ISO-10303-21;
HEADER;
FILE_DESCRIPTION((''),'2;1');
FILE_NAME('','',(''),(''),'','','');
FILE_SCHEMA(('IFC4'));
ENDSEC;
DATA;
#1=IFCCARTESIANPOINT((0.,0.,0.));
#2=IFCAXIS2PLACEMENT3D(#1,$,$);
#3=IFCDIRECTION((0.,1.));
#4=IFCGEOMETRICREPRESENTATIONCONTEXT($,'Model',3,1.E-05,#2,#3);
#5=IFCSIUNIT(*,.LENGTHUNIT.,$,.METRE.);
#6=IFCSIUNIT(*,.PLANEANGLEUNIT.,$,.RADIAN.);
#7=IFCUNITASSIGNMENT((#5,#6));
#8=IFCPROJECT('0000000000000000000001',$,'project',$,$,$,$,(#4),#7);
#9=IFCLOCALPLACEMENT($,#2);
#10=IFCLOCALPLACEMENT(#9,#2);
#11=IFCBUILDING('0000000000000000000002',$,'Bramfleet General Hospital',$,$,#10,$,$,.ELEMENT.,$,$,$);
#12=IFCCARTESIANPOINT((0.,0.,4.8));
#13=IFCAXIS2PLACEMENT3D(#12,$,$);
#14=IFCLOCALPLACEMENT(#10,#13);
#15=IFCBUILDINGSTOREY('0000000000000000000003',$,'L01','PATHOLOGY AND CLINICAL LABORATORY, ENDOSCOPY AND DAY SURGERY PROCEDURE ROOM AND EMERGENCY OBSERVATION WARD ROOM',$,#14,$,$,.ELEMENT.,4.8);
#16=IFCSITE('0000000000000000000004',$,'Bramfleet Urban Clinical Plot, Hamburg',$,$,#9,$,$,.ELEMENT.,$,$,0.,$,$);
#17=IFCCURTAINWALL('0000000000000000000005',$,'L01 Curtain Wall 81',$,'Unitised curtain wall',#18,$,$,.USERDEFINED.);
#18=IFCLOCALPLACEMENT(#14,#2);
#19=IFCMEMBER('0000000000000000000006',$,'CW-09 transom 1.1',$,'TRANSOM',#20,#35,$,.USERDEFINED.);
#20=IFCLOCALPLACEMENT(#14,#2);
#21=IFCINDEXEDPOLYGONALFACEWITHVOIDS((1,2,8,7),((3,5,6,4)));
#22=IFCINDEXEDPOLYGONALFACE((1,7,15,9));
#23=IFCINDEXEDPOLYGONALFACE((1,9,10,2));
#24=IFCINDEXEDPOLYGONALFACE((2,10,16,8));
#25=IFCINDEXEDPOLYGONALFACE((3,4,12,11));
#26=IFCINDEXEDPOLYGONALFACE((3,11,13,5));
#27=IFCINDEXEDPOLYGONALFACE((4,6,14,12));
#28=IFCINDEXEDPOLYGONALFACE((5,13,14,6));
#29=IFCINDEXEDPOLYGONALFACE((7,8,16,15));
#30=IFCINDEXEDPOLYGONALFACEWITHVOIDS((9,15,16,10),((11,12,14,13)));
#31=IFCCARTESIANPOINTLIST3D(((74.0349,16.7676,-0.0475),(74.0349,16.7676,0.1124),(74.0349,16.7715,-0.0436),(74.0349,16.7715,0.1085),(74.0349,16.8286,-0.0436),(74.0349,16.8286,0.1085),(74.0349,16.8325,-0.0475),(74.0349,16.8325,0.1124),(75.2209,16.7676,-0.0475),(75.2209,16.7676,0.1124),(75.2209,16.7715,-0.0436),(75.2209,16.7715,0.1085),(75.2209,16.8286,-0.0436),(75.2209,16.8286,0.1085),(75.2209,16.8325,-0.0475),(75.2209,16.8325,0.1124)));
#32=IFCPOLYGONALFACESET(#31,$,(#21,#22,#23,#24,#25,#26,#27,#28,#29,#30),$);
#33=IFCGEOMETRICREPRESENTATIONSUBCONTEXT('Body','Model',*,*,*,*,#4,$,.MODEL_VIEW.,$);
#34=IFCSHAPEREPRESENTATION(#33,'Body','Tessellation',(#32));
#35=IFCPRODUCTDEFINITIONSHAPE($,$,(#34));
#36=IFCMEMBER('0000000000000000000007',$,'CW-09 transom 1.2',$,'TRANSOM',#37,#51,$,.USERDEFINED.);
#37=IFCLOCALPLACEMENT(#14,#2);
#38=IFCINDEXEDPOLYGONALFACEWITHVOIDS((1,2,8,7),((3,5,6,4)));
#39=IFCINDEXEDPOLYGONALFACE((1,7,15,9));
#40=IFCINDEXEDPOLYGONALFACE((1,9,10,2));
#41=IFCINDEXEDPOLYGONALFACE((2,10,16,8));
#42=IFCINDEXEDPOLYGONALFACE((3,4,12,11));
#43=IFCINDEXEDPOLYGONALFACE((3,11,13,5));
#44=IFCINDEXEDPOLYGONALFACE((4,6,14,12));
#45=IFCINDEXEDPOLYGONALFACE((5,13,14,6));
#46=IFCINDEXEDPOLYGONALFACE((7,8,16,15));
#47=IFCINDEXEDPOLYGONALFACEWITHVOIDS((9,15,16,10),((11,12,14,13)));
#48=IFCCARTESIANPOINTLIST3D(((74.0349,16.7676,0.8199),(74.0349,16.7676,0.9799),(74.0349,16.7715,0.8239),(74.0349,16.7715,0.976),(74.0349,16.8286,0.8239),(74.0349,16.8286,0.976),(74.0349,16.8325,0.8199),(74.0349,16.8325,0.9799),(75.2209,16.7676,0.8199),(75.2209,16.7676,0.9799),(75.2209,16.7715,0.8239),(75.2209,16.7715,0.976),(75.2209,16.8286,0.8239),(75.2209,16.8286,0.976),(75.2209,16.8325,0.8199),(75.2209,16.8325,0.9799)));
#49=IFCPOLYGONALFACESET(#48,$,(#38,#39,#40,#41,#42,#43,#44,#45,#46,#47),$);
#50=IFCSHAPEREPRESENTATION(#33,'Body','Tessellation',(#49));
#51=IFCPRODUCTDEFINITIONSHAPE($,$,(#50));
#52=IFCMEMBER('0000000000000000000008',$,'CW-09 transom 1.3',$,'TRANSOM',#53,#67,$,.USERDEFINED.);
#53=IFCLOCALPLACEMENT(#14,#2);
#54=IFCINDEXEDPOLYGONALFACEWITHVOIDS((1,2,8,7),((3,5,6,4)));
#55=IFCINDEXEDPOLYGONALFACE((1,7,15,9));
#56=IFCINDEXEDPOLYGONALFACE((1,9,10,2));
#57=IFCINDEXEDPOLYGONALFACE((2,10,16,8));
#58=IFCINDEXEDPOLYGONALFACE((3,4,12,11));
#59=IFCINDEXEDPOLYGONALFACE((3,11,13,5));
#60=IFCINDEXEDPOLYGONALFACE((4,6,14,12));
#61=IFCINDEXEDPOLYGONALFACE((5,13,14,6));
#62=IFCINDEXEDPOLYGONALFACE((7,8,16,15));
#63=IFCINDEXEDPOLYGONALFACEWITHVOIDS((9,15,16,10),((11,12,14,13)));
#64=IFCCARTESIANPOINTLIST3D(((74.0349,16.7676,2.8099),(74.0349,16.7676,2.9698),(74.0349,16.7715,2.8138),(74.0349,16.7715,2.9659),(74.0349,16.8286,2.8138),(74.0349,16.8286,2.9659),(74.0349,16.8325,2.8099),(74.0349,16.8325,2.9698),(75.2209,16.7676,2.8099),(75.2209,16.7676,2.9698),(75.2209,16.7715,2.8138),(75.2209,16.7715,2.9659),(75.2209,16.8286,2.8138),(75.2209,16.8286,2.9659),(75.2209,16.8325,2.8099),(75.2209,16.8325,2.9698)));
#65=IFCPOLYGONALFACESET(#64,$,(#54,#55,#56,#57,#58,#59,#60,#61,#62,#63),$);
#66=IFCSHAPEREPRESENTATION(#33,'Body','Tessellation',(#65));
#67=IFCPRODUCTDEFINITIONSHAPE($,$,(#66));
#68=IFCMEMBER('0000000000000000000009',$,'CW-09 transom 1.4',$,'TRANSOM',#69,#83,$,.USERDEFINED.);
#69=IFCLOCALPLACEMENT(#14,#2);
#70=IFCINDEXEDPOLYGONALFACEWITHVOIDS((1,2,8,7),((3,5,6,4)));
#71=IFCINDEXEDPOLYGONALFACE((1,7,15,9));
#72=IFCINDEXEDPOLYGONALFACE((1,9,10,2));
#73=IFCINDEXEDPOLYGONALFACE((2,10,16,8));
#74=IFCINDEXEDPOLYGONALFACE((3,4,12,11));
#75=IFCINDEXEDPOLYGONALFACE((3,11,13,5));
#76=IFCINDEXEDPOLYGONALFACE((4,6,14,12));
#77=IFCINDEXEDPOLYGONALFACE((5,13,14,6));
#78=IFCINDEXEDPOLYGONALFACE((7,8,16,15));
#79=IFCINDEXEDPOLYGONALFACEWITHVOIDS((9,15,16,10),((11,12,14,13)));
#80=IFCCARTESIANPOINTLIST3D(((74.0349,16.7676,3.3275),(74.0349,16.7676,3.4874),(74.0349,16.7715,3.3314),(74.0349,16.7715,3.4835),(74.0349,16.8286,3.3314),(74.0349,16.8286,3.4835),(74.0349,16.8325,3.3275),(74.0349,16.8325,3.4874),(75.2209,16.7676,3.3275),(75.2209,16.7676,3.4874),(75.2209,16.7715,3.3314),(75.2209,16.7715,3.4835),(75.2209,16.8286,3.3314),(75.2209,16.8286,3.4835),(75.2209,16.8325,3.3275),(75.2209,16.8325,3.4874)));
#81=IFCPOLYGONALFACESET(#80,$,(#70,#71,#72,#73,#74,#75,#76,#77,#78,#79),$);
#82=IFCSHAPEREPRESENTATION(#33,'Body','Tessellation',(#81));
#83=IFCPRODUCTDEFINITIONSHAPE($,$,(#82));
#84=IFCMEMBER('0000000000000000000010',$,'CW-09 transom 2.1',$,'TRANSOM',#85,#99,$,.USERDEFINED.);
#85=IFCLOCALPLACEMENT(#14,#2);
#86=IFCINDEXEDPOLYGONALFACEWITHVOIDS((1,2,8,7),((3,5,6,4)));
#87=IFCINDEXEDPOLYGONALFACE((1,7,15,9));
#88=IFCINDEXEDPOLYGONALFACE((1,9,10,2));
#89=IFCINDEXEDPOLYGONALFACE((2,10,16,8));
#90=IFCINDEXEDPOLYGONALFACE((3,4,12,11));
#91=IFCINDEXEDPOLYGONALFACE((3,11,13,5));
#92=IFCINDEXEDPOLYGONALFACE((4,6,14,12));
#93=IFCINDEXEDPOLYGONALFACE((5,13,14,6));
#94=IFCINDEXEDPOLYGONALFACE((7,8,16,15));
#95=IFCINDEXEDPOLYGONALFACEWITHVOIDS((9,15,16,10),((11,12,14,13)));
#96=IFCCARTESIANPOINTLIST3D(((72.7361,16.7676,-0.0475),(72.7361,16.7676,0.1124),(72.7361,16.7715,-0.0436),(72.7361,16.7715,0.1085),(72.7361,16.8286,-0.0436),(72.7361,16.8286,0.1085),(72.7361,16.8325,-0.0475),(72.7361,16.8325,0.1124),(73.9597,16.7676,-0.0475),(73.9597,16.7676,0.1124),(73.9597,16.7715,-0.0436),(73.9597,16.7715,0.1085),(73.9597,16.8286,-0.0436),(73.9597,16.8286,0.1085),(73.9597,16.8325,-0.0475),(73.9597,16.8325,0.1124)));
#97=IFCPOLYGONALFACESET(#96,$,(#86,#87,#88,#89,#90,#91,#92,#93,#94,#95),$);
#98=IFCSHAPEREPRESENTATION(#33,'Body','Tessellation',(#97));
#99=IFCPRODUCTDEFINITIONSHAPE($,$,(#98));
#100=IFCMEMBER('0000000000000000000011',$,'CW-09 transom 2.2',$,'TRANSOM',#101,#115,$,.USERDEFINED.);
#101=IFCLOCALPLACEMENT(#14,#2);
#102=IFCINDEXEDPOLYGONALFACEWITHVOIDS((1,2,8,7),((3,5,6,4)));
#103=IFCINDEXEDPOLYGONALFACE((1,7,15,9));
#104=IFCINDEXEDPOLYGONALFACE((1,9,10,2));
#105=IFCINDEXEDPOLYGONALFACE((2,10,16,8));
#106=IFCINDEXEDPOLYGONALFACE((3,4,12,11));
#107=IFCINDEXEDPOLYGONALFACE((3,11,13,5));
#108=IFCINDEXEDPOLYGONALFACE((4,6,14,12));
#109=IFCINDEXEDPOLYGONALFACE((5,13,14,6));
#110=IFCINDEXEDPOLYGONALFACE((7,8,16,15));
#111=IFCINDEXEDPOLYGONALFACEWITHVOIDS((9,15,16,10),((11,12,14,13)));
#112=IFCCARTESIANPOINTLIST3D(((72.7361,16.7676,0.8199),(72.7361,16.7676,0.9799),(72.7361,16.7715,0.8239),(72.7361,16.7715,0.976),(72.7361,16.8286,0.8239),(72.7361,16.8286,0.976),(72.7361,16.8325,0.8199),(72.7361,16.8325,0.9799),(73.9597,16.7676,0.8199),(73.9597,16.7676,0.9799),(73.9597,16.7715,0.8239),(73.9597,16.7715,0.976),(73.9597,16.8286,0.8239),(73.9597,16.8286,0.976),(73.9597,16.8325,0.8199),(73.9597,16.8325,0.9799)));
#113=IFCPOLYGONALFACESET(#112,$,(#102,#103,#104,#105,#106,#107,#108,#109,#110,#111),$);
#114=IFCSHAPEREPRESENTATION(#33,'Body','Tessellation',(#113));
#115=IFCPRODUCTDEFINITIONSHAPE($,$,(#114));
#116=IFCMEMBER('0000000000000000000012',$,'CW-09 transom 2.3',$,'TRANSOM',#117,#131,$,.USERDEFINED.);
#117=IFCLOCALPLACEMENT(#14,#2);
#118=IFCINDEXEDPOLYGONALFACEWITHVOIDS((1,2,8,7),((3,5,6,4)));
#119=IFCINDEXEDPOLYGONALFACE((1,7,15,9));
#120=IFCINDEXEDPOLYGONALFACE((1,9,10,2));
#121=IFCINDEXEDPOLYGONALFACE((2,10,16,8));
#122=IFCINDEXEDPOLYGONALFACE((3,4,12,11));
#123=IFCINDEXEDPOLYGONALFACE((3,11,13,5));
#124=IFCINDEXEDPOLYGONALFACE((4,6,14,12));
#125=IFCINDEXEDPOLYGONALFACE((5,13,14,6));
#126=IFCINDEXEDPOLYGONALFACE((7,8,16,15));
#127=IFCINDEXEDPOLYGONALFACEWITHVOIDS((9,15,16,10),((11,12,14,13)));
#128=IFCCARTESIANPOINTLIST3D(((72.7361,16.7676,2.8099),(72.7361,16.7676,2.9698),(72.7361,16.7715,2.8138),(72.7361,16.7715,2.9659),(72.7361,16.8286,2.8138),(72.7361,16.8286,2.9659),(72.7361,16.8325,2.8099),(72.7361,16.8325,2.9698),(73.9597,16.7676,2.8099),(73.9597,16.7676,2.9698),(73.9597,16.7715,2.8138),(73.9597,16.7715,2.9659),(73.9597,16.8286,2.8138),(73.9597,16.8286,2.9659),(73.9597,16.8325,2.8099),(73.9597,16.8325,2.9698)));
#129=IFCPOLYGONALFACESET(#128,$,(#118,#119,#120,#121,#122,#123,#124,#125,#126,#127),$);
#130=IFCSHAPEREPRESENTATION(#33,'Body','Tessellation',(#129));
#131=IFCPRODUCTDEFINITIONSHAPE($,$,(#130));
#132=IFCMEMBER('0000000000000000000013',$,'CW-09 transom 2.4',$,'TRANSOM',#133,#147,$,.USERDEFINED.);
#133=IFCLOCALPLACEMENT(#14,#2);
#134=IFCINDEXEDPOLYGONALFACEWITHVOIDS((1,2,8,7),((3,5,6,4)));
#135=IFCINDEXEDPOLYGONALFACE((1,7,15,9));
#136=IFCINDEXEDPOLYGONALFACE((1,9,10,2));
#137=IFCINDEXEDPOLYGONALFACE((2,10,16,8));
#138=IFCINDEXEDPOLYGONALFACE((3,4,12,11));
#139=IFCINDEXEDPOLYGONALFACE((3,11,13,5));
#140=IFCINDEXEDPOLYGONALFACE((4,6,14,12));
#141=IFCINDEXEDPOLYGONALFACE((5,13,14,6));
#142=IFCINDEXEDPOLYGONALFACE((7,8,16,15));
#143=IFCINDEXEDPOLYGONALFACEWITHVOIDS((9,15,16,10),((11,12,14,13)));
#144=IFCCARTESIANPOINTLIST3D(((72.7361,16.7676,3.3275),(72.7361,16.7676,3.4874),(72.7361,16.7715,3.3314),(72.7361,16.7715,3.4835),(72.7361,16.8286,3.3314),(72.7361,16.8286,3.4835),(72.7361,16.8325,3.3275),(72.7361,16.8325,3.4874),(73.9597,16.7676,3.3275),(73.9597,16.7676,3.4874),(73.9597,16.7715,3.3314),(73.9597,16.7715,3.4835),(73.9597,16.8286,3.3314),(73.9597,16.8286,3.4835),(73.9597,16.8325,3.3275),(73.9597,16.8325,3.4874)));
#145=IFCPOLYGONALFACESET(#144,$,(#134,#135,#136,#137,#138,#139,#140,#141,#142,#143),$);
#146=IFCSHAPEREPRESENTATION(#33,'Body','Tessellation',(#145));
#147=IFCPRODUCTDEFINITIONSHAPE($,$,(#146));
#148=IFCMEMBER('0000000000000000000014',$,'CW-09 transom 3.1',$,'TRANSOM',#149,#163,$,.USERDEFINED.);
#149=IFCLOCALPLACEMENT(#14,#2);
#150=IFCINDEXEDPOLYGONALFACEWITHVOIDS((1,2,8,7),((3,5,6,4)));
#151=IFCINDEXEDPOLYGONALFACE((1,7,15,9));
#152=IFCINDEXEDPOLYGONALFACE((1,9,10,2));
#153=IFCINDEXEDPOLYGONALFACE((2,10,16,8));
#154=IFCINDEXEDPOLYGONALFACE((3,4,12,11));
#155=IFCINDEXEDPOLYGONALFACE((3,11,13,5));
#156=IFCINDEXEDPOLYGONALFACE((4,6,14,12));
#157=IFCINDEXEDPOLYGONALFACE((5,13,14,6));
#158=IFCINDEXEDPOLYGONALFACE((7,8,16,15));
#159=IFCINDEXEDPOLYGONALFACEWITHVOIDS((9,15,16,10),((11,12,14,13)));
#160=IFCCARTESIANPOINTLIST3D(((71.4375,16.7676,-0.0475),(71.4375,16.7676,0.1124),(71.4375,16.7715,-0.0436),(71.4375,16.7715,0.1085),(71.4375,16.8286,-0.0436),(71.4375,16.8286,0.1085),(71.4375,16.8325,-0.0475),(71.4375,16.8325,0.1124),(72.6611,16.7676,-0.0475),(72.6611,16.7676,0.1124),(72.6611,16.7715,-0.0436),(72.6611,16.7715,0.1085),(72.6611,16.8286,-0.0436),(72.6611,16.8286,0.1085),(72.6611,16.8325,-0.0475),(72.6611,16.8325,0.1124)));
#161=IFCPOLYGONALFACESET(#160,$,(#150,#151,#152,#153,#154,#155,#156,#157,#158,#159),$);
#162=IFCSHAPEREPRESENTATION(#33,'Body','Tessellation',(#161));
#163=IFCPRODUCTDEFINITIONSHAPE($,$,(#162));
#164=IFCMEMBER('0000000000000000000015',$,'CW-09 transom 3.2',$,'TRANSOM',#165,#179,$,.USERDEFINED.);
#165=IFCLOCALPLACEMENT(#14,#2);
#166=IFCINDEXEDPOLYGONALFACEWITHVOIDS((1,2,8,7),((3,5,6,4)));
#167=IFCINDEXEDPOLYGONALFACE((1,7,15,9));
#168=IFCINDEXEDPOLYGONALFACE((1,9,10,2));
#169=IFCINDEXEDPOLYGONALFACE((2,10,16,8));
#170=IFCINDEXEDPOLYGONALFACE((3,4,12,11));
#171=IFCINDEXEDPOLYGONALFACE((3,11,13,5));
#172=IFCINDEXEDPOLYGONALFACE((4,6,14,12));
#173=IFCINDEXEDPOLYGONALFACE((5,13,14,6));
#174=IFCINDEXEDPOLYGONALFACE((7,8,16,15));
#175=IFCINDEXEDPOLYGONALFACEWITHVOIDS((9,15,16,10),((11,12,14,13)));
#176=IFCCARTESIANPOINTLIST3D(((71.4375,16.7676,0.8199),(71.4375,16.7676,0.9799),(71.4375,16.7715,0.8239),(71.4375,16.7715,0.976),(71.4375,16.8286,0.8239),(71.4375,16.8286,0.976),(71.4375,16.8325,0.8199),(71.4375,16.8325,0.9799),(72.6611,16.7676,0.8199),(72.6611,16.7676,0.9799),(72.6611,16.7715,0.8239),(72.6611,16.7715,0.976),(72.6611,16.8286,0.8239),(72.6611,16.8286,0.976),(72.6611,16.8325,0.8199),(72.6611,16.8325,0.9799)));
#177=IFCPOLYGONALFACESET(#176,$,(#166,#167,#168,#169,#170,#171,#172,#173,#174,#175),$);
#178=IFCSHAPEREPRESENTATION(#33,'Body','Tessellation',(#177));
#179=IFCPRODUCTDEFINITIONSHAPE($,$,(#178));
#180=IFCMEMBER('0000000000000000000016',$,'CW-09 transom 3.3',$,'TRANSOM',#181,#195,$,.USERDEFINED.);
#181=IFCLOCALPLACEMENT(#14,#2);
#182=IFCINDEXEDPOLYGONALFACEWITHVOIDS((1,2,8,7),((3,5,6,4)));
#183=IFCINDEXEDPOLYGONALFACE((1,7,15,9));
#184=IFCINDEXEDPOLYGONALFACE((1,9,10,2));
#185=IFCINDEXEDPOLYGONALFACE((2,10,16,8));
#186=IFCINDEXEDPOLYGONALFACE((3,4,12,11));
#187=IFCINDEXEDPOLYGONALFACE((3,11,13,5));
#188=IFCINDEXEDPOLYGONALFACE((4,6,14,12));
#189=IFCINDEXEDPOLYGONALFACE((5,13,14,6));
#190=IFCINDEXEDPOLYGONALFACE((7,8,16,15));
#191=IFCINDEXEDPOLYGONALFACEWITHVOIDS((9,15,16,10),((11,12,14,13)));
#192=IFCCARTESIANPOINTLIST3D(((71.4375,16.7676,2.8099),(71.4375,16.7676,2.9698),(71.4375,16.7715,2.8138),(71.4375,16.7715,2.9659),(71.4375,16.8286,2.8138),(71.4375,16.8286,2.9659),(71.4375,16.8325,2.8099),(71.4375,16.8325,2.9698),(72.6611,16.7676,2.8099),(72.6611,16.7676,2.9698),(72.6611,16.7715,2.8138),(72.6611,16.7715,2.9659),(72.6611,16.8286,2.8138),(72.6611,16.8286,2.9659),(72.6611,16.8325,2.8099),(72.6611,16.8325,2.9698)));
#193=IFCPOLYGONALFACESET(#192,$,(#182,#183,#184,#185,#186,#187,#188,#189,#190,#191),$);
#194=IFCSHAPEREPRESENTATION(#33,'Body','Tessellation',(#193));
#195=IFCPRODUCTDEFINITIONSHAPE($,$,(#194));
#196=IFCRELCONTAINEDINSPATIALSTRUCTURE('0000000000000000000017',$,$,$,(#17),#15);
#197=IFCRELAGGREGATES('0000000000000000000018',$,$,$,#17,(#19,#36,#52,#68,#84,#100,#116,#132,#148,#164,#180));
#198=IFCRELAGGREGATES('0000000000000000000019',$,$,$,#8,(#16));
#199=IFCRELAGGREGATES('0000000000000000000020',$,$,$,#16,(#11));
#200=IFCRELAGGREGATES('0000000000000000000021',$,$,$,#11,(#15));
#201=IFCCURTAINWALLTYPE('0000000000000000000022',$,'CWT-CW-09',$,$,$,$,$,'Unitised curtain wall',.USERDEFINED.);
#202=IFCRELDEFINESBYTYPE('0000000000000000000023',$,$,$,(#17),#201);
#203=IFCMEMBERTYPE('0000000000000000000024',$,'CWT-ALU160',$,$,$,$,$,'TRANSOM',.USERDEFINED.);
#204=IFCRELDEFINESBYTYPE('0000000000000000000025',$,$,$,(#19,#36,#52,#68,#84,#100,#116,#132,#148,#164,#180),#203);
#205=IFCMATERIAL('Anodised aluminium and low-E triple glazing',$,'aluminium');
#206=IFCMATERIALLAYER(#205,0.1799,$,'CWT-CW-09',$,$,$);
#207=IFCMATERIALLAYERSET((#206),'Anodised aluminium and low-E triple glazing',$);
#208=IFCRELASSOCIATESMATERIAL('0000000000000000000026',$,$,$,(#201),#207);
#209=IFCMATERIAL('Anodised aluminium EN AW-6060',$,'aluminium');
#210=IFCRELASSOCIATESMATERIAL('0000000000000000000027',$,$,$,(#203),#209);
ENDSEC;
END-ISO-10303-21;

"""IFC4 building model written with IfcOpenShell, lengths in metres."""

from ifc_helpers import new_model, si_unit, direction, frame, origin, origin_2d, place, context, subcontext, project, spatial, hollow_rectangle, extrude, material, layer, layer_set, material_profile, profile_set, type_object, element, aggregate, save


model = new_model("IFC4")

# Units and contexts
model_context = context("Model", 3, precision=1e-05, world=origin(), true_north=direction((0.0, 1.0)))
body_context = subcontext(model_context, "Body", "Model", "MODEL_VIEW")
ifc_project = project(units=[si_unit("LENGTHUNIT", "METRE"), si_unit("PLANEANGLEUNIT", "RADIAN")], contexts=[model_context])

# Site, building, storey
site_placement = place(None, origin())
site = spatial("IfcSite", under=ifc_project, at=site_placement, Name="Bramfleet Urban Clinical Plot, Hamburg", CompositionType="ELEMENT", RefElevation=0.0)
building_placement = place(site_placement, origin())
building = spatial("IfcBuilding", under=site, at=building_placement, Name="Bramfleet General Hospital", CompositionType="ELEMENT")
storey_placement = place(building_placement, frame((0.0, 0.0, 4.8)))
storey = spatial("IfcBuildingStorey", under=building, at=storey_placement, Name="L01", Description="PATHOLOGY AND CLINICAL LABORATORY, ENDOSCOPY AND DAY SURGERY PROCEDURE ROOM AND EMERGENCY OBSERVATION WARD ROOM", CompositionType="ELEMENT", Elevation=4.8)

# Shared definitions
ifc_material_1 = material(Name="Anodised aluminium and low-E triple glazing", Category="aluminium")
ifc_material_2 = material(Name="Anodised aluminium EN AW-6060", Category="aluminium")

# Curtain wall, members
ifc_layer_1 = layer(ifc_material_1, 0.1799, Name="CWT-CW-09")
ifc_layer_set_1 = layer_set([ifc_layer_1], Name="Anodised aluminium and low-E triple glazing")
curtain_wall_type_1 = type_object("IfcCurtainWallType", Name="CWT-CW-09", ElementType="Unitised curtain wall", PredefinedType="USERDEFINED", material=ifc_layer_set_1)
curtain_wall_1_placement = place(storey_placement, origin())
curtain_wall_1 = element("IfcCurtainWall", 1, at=curtain_wall_1_placement, inside=storey, type_object=curtain_wall_type_1, Name="L01 Curtain Wall 81", ObjectType="Unitised curtain wall", PredefinedType="USERDEFINED")
ifc_material_profile_1 = material_profile(ifc_material_2, hollow_rectangle(XDim=0.0649, YDim=0.1599, WallThickness=0.0039, at=origin_2d()), Name="ALU 160x65x4.0")
ifc_profile_set_1 = profile_set([ifc_material_profile_1], Name="Anodised aluminium EN AW-6060")
member_type_1 = type_object("IfcMemberType", Name="CWT-ALU160", ElementType="TRANSOM", PredefinedType="USERDEFINED", material=ifc_profile_set_1)
member_1_placement = place(storey_placement, frame((75.2209, 16.8, 0.0325), z_axis=(-1.0, 0.0, 0.0), x_axis=(0.0, -1.0, 0.0)))
member_1 = element("IfcMember", 2, at=member_1_placement, type_object=member_type_1, Name="CW-09 transom 1.1", ObjectType="TRANSOM", PredefinedType="USERDEFINED", context=body_context, shape_type="SweptSolid", body=[
    extrude(hollow_rectangle(XDim=0.0649, YDim=0.1599, WallThickness=0.0039, at=origin_2d()), origin(), (0.0, 0.0, 1.0), 1.186),
])
member_2_placement = place(storey_placement, frame((75.2209, 16.8, 0.8999), z_axis=(-1.0, 0.0, 0.0), x_axis=(0.0, -1.0, 0.0)))
member_2 = element("IfcMember", 3, at=member_2_placement, type_object=member_type_1, Name="CW-09 transom 1.2", ObjectType="TRANSOM", PredefinedType="USERDEFINED", context=body_context, shape_type="SweptSolid", body=[
    extrude(hollow_rectangle(XDim=0.0649, YDim=0.1599, WallThickness=0.0039, at=origin_2d()), origin(), (0.0, 0.0, 1.0), 1.186),
])
member_3_placement = place(storey_placement, frame((75.2209, 16.8, 2.8899), z_axis=(-1.0, 0.0, 0.0), x_axis=(0.0, -1.0, 0.0)))
member_3 = element("IfcMember", 4, at=member_3_placement, type_object=member_type_1, Name="CW-09 transom 1.3", ObjectType="TRANSOM", PredefinedType="USERDEFINED", context=body_context, shape_type="SweptSolid", body=[
    extrude(hollow_rectangle(XDim=0.0649, YDim=0.1599, WallThickness=0.0039, at=origin_2d()), origin(), (0.0, 0.0, 1.0), 1.186),
])
member_4_placement = place(storey_placement, frame((75.2209, 16.8, 3.4075), z_axis=(-1.0, 0.0, 0.0), x_axis=(0.0, -1.0, 0.0)))
member_4 = element("IfcMember", 5, at=member_4_placement, type_object=member_type_1, Name="CW-09 transom 1.4", ObjectType="TRANSOM", PredefinedType="USERDEFINED", context=body_context, shape_type="SweptSolid", body=[
    extrude(hollow_rectangle(XDim=0.0649, YDim=0.1599, WallThickness=0.0039, at=origin_2d()), origin(), (0.0, 0.0, 1.0), 1.186),
])
member_5_placement = place(storey_placement, frame((73.9597, 16.8, 0.0325), z_axis=(-1.0, 0.0, 0.0), x_axis=(0.0, -1.0, 0.0)))
member_5 = element("IfcMember", 6, at=member_5_placement, type_object=member_type_1, Name="CW-09 transom 2.1", ObjectType="TRANSOM", PredefinedType="USERDEFINED", context=body_context, shape_type="SweptSolid", body=[
    extrude(hollow_rectangle(XDim=0.0649, YDim=0.1599, WallThickness=0.0039, at=origin_2d()), origin(), (0.0, 0.0, 1.0), 1.2236),
])
member_6_placement = place(storey_placement, frame((73.9597, 16.8, 0.8999), z_axis=(-1.0, 0.0, 0.0), x_axis=(0.0, -1.0, 0.0)))
member_6 = element("IfcMember", 7, at=member_6_placement, type_object=member_type_1, Name="CW-09 transom 2.2", ObjectType="TRANSOM", PredefinedType="USERDEFINED", context=body_context, shape_type="SweptSolid", body=[
    extrude(hollow_rectangle(XDim=0.0649, YDim=0.1599, WallThickness=0.0039, at=origin_2d()), origin(), (0.0, 0.0, 1.0), 1.2236),
])
member_7_placement = place(storey_placement, frame((73.9597, 16.8, 2.8899), z_axis=(-1.0, 0.0, 0.0), x_axis=(0.0, -1.0, 0.0)))
member_7 = element("IfcMember", 8, at=member_7_placement, type_object=member_type_1, Name="CW-09 transom 2.3", ObjectType="TRANSOM", PredefinedType="USERDEFINED", context=body_context, shape_type="SweptSolid", body=[
    extrude(hollow_rectangle(XDim=0.0649, YDim=0.1599, WallThickness=0.0039, at=origin_2d()), origin(), (0.0, 0.0, 1.0), 1.2236),
])
member_8_placement = place(storey_placement, frame((73.9597, 16.8, 3.4075), z_axis=(-1.0, 0.0, 0.0), x_axis=(0.0, -1.0, 0.0)))
member_8 = element("IfcMember", 9, at=member_8_placement, type_object=member_type_1, Name="CW-09 transom 2.4", ObjectType="TRANSOM", PredefinedType="USERDEFINED", context=body_context, shape_type="SweptSolid", body=[
    extrude(hollow_rectangle(XDim=0.0649, YDim=0.1599, WallThickness=0.0039, at=origin_2d()), origin(), (0.0, 0.0, 1.0), 1.2236),
])
member_9_placement = place(storey_placement, frame((72.6611, 16.8, 0.0325), z_axis=(-1.0, 0.0, 0.0), x_axis=(0.0, -1.0, 0.0)))
member_9 = element("IfcMember", 10, at=member_9_placement, type_object=member_type_1, Name="CW-09 transom 3.1", ObjectType="TRANSOM", PredefinedType="USERDEFINED", context=body_context, shape_type="SweptSolid", body=[
    extrude(hollow_rectangle(XDim=0.0649, YDim=0.1599, WallThickness=0.0039, at=origin_2d()), origin(), (0.0, 0.0, 1.0), 1.2236),
])
member_10_placement = place(storey_placement, frame((72.6611, 16.8, 0.8999), z_axis=(-1.0, 0.0, 0.0), x_axis=(0.0, -1.0, 0.0)))
member_10 = element("IfcMember", 11, at=member_10_placement, type_object=member_type_1, Name="CW-09 transom 3.2", ObjectType="TRANSOM", PredefinedType="USERDEFINED", context=body_context, shape_type="SweptSolid", body=[
    extrude(hollow_rectangle(XDim=0.0649, YDim=0.1599, WallThickness=0.0039, at=origin_2d()), origin(), (0.0, 0.0, 1.0), 1.2236),
])
member_11_placement = place(storey_placement, frame((72.6611, 16.8, 2.8899), z_axis=(-1.0, 0.0, 0.0), x_axis=(0.0, -1.0, 0.0)))
member_11 = element("IfcMember", 12, at=member_11_placement, type_object=member_type_1, Name="CW-09 transom 3.3", ObjectType="TRANSOM", PredefinedType="USERDEFINED", context=body_context, shape_type="SweptSolid", body=[
    extrude(hollow_rectangle(XDim=0.0649, YDim=0.1599, WallThickness=0.0039, at=origin_2d()), origin(), (0.0, 0.0, 1.0), 1.2236),
])
aggregate(curtain_wall_1, [member_1, member_2, member_3, member_4, member_5, member_6, member_7, member_8, member_9, member_10, member_11])

save(model, "model.ifc")
